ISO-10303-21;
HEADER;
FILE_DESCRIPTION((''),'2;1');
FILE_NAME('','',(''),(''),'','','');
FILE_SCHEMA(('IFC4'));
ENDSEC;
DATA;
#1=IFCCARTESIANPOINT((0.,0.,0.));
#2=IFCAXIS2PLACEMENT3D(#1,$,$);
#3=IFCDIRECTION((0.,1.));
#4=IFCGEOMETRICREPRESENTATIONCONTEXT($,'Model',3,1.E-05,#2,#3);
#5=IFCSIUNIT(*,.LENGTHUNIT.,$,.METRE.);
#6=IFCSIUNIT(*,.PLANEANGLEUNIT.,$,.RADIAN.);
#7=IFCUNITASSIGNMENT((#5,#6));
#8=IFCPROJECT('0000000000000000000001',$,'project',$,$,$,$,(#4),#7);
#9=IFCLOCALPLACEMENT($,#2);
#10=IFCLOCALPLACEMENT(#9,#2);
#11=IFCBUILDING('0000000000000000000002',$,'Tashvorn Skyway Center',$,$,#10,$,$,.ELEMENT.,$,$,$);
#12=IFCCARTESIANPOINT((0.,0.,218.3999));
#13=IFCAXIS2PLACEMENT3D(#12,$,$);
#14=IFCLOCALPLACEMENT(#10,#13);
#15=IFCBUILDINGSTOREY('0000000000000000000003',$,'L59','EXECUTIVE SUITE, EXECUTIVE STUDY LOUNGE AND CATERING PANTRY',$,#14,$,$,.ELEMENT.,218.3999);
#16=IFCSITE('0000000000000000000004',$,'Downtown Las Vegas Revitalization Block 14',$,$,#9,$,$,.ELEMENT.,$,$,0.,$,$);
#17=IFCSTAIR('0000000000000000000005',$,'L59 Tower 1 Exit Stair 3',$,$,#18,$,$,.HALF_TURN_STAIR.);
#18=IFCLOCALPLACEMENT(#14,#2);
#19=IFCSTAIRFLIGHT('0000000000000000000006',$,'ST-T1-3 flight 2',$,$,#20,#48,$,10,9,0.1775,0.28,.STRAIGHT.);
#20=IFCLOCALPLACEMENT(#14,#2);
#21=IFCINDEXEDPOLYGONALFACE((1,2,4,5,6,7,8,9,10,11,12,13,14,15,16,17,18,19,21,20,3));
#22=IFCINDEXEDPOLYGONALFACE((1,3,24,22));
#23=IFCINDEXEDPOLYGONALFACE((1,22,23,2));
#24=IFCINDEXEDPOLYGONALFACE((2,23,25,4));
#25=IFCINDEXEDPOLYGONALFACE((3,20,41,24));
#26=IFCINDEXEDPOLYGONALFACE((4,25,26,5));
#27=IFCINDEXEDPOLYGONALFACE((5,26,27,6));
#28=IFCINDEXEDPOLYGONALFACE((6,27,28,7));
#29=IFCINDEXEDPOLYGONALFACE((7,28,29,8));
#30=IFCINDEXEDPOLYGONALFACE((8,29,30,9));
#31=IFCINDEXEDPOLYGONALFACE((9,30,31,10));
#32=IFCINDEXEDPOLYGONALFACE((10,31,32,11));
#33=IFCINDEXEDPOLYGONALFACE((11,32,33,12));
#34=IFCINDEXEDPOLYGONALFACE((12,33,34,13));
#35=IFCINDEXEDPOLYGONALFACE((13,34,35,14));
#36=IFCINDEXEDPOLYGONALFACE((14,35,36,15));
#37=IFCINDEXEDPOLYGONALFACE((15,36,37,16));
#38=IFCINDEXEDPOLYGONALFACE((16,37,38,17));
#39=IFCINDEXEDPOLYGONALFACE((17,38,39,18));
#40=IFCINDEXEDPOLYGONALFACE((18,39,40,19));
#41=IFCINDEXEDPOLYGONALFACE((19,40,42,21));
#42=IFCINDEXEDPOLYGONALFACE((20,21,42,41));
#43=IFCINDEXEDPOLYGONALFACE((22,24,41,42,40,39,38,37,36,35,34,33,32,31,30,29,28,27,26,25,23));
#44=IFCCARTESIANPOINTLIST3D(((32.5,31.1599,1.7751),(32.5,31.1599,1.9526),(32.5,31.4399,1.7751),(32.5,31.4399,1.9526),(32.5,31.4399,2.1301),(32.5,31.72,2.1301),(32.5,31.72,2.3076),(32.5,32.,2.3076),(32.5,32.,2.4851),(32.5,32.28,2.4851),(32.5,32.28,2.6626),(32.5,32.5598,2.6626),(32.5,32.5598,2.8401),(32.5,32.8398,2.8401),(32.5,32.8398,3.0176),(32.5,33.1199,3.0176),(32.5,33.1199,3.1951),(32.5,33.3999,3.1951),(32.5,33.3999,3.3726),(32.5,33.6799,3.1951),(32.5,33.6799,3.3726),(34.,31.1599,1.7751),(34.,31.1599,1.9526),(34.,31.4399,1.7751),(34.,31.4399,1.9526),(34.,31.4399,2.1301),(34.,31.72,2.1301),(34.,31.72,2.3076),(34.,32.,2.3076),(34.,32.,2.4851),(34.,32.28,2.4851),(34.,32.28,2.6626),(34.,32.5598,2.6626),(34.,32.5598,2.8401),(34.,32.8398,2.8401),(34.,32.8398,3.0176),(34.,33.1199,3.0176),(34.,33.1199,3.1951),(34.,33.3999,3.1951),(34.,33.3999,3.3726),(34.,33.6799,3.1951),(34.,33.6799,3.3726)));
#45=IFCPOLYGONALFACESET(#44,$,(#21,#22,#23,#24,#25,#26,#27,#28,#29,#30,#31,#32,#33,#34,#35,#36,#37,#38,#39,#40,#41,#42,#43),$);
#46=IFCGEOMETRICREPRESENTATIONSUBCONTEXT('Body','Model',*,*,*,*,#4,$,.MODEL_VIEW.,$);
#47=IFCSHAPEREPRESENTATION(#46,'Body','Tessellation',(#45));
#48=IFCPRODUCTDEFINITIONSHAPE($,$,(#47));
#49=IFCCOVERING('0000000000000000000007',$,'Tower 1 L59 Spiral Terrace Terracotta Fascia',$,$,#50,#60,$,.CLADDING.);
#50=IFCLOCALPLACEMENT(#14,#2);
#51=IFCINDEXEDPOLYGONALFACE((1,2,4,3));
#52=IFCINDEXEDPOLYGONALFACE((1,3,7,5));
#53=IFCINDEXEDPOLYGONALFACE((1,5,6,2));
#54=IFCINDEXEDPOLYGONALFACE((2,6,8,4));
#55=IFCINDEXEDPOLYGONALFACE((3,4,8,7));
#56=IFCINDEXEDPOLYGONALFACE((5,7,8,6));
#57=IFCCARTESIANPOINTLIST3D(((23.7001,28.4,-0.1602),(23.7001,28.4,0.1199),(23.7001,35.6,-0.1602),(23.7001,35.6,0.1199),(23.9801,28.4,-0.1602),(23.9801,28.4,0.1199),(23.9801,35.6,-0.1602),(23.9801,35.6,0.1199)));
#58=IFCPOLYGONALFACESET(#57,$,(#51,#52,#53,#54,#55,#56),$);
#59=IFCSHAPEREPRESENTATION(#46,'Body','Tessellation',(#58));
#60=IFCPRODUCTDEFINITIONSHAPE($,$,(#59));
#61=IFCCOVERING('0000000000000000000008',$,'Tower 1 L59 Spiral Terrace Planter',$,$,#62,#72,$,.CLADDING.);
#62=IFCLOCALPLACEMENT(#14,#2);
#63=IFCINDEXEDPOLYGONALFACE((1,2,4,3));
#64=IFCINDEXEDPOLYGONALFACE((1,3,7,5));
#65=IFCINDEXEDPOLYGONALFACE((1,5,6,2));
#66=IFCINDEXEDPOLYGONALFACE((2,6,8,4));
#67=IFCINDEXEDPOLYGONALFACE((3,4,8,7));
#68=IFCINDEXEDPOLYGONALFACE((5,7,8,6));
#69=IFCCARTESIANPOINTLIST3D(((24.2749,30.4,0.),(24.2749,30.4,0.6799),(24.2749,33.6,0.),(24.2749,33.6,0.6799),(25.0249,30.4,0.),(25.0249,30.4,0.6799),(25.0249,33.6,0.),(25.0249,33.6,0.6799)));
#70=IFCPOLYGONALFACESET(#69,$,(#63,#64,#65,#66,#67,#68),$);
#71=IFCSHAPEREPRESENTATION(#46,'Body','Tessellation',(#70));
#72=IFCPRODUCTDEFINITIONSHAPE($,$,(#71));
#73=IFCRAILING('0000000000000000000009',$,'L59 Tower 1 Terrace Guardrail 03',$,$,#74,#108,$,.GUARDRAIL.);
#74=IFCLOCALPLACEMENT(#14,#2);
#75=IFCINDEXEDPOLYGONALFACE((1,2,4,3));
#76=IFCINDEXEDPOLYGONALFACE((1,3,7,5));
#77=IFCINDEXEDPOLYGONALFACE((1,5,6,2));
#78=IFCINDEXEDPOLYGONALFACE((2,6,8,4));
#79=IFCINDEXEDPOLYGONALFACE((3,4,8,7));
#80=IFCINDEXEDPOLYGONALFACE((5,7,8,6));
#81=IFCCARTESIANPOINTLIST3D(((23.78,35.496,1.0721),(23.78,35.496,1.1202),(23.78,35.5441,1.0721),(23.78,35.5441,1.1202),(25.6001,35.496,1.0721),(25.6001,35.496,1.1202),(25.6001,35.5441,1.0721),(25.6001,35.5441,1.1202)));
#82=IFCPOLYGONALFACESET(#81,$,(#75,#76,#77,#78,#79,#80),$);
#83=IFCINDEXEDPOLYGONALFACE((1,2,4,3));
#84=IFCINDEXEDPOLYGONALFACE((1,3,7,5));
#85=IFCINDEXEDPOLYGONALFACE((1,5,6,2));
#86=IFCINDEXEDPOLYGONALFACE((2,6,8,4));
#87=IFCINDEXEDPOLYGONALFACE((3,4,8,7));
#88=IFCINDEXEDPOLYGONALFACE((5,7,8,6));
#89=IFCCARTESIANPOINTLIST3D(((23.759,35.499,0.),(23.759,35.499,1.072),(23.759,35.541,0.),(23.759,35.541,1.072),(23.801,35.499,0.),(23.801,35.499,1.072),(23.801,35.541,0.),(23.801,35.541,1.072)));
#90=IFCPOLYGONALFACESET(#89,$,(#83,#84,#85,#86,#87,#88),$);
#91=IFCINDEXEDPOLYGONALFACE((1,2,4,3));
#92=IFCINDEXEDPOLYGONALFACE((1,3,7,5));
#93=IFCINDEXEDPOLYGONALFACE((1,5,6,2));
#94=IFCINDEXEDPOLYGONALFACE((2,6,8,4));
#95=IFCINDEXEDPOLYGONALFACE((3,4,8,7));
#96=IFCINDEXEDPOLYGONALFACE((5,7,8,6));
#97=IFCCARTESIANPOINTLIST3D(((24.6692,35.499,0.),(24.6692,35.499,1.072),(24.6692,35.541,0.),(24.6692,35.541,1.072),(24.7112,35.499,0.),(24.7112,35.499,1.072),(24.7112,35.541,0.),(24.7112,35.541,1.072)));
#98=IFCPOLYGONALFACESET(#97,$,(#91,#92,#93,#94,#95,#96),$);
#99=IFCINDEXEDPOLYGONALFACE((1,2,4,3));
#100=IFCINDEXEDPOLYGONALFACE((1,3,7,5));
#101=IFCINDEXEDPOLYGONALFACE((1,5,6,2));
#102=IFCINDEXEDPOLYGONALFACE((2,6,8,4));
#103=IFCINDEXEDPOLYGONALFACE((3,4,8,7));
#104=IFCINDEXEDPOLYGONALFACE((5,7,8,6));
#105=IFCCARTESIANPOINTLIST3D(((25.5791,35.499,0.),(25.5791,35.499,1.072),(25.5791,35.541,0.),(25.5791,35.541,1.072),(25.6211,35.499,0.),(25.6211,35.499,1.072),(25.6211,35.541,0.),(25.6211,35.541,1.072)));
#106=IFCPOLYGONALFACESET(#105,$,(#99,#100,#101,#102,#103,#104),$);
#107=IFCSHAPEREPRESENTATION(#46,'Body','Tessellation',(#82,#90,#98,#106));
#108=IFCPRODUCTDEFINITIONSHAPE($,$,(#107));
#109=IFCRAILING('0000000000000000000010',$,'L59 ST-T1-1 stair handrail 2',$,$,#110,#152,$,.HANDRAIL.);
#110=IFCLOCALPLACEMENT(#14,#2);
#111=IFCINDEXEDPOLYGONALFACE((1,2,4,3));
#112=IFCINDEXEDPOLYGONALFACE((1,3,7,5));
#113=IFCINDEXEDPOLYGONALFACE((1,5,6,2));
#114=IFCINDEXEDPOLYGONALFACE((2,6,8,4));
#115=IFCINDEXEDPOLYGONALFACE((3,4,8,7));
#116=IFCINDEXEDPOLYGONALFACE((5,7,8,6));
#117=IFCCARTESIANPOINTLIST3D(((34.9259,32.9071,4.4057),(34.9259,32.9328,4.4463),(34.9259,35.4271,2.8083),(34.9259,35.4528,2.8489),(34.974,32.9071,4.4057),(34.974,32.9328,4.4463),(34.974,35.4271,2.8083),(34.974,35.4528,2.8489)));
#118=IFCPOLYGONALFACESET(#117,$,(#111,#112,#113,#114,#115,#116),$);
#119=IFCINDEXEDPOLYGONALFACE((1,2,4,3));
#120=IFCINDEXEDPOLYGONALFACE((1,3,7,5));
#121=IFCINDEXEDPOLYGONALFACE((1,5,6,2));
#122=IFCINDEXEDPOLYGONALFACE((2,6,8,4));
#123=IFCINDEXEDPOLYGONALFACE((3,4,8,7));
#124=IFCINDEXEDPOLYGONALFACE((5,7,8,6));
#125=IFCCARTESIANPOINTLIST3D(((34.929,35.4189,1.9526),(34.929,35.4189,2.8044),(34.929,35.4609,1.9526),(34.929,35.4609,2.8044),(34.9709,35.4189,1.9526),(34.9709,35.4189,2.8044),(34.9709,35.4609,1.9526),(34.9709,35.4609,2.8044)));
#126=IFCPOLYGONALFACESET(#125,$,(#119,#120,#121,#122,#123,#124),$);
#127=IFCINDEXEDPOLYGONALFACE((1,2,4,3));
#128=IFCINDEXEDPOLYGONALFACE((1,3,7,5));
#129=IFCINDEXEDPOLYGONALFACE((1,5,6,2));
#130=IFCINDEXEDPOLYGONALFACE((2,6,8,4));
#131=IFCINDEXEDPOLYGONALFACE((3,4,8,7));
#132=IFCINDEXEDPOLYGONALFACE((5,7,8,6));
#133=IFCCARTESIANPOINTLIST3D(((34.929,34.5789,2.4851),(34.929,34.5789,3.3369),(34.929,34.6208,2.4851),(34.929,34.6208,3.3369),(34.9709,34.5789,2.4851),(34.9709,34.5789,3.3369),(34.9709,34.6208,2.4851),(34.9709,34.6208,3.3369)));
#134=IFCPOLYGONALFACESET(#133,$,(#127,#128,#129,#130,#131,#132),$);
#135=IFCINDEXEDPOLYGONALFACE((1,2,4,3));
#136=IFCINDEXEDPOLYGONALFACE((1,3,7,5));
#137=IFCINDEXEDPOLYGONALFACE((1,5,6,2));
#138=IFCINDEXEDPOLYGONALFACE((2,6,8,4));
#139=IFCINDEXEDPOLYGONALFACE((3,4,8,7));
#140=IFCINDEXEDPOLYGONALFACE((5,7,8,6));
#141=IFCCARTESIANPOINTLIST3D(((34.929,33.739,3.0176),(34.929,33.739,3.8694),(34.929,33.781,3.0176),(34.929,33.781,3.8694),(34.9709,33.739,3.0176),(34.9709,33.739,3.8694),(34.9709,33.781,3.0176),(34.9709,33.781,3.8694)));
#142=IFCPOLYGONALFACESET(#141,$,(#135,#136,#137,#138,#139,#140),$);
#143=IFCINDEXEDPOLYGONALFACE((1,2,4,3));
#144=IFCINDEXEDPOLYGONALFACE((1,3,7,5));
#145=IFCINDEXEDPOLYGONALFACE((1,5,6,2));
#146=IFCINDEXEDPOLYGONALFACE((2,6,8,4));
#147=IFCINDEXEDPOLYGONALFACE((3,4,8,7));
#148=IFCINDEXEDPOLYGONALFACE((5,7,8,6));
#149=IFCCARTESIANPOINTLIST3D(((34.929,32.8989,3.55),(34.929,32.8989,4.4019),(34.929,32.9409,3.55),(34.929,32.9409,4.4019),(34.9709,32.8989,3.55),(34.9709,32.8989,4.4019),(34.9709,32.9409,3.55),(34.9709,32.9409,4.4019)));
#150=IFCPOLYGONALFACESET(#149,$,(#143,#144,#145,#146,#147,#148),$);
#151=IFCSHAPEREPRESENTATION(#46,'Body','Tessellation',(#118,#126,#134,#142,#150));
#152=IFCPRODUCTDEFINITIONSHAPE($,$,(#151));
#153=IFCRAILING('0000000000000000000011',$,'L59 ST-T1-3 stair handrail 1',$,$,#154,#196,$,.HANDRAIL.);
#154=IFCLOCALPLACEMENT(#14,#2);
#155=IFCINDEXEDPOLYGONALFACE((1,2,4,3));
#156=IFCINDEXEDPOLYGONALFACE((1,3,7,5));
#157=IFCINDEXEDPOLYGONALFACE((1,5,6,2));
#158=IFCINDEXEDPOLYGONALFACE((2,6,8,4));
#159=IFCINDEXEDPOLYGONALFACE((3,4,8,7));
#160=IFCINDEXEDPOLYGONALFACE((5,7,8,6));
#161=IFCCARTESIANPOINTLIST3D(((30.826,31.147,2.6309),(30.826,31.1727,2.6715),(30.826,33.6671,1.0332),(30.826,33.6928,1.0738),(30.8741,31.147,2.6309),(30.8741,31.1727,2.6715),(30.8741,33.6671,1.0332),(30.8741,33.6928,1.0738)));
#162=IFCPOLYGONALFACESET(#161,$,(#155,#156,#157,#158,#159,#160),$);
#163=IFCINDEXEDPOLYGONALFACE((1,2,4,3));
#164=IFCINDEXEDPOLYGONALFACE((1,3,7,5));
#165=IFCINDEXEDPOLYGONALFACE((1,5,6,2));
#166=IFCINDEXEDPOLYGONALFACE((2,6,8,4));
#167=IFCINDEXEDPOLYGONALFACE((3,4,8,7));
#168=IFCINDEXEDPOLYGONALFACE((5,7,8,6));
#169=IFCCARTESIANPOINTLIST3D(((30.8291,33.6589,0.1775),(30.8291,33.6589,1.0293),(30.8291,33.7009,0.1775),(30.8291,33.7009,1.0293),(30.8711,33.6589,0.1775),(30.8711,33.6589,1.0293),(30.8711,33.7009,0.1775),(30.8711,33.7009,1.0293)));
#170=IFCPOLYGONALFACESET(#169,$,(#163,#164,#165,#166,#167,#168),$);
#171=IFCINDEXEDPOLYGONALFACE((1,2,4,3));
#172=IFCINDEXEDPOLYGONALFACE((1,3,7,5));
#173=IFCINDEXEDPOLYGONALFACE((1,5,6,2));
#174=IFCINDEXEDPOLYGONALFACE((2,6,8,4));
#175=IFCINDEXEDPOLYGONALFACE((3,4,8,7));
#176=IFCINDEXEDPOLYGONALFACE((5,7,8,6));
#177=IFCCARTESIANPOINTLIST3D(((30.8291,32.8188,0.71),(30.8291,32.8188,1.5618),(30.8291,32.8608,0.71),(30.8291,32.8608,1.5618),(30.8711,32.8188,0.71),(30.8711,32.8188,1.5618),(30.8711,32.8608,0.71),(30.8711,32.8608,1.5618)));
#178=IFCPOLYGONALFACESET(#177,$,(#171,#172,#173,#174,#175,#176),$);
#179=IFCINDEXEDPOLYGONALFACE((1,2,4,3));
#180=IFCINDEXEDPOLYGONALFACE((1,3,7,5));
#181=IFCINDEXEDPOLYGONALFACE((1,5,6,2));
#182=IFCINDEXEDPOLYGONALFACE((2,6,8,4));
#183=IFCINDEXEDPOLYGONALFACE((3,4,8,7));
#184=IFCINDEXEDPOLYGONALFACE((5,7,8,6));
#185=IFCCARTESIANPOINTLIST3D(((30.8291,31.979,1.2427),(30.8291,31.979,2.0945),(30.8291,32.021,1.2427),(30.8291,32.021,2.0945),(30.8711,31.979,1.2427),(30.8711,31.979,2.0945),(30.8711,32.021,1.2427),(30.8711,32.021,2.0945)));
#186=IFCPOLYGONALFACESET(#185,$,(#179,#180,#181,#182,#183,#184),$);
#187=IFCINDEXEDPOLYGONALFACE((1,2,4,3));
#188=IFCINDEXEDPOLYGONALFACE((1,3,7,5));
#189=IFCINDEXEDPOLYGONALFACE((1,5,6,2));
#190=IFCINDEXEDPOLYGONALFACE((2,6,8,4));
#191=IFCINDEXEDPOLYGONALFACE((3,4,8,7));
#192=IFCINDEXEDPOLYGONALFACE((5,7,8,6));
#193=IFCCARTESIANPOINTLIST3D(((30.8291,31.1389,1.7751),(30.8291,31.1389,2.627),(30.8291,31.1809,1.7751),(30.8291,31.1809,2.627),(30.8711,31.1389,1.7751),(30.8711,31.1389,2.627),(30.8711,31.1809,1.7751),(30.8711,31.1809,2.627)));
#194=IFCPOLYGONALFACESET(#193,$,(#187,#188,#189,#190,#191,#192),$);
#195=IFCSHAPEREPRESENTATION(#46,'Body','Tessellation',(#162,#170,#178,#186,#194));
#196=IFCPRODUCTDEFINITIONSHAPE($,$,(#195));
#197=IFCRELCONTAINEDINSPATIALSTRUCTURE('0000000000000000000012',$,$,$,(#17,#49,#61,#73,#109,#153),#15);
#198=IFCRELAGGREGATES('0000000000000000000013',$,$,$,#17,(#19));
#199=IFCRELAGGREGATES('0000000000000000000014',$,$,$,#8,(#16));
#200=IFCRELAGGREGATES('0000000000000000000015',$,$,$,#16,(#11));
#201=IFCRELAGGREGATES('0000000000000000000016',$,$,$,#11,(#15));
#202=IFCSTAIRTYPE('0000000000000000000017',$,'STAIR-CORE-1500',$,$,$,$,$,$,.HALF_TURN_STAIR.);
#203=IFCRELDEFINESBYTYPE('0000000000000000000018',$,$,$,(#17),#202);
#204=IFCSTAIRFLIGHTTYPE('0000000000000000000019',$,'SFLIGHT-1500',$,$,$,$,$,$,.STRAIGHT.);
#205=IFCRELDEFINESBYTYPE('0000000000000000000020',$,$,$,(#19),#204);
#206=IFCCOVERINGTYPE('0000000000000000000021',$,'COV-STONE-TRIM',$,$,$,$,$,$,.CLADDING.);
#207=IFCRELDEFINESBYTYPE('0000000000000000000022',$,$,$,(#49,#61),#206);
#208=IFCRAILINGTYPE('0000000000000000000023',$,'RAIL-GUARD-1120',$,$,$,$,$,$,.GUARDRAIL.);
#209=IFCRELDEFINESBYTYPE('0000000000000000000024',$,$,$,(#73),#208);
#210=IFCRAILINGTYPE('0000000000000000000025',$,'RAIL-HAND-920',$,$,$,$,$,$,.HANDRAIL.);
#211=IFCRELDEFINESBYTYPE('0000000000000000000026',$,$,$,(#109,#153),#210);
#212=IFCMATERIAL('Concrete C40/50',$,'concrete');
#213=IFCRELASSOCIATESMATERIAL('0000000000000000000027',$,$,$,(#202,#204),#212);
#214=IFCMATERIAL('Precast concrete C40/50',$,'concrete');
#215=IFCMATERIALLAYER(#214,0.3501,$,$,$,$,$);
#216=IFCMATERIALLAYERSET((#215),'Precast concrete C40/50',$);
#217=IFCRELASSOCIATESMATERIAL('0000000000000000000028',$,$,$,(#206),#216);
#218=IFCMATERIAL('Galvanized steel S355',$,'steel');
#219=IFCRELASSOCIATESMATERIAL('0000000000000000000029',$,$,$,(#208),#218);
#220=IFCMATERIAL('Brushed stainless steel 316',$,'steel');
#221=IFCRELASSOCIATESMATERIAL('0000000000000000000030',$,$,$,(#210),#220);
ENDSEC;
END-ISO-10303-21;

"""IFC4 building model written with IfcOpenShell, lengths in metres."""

from ifc_helpers import new_model, si_unit, direction, frame, origin, origin_2d, place, context, subcontext, project, spatial, polyline, rectangle, outline, extrude, material, layer, layer_set, type_object, element, aggregate, save


model = new_model("IFC4")

# Units and contexts
model_context = context("Model", 3, precision=1e-05, world=origin(), true_north=direction((0.0, 1.0)))
body_context = subcontext(model_context, "Body", "Model", "MODEL_VIEW")
ifc_project = project(units=[si_unit("LENGTHUNIT", "METRE"), si_unit("PLANEANGLEUNIT", "RADIAN")], contexts=[model_context])

# Site, building, storey
site_placement = place(None, origin())
site = spatial("IfcSite", under=ifc_project, at=site_placement, Name="Downtown Las Vegas Revitalization Block 14", CompositionType="ELEMENT", RefElevation=0.0)
building_placement = place(site_placement, origin())
building = spatial("IfcBuilding", under=site, at=building_placement, Name="Tashvorn Skyway Center", CompositionType="ELEMENT")
storey_placement = place(building_placement, frame((0.0, 0.0, 218.3999)))
storey = spatial("IfcBuildingStorey", under=building, at=storey_placement, Name="L59", Description="EXECUTIVE SUITE, EXECUTIVE STUDY LOUNGE AND CATERING PANTRY", CompositionType="ELEMENT", Elevation=218.3999)

# Shared definitions
ifc_material_1 = material(Name="Concrete C40/50", Category="concrete")

# Shared definitions
stair_type = type_object("IfcStairType", Name="STAIR-CORE-1500", PredefinedType="HALF_TURN_STAIR", material=ifc_material_1)
stair_flight_type = type_object("IfcStairFlightType", Name="SFLIGHT-1500", PredefinedType="STRAIGHT", material=ifc_material_1)

# Stair, stair flight
stair_1_placement = place(storey_placement, origin())
stair_1 = element("IfcStair", 1, at=stair_1_placement, inside=storey, type_object=stair_type, Name="L59 Tower 1 Exit Stair 3", PredefinedType="HALF_TURN_STAIR")
stair_flight_1_placement = place(storey_placement, frame((33.25, 31.1599, 1.7751), z_axis=(0.0, 0.0, 1.0), x_axis=(0.0, 1.0, 0.0)))
stair_flight_1 = element("IfcStairFlight", 2, at=stair_flight_1_placement, type_object=stair_flight_type, Name="ST-T1-3 flight 2", NumberOfRisers=10, NumberOfTreads=9, PredefinedType="STRAIGHT", RiserHeight=0.1775, TreadLength=0.28, context=body_context, shape_type="SweptSolid", body=[
    extrude(outline(polyline([(0.0, 0.0), (0.0, 0.1775), (0.28, 0.1775), (0.28, 0.355), (0.5601, 0.355), (0.5601, 0.5325), (0.8401, 0.5325), (0.8401, 0.71), (1.1201, 0.71), (1.1201, 0.8875), (1.3999, 0.8875), (1.3999, 1.0649), (1.6799, 1.0649), (1.6799, 1.2424), (1.96, 1.2424), (1.96, 1.4199), (2.24, 1.4199), (2.24, 1.5974), (2.52, 1.5974), (2.52, 1.7749), (2.52, 1.4199), (0.28, 0.0), (0.0, 0.0)])), frame((0.0, 0.75, 0.0), z_axis=(0.0, -1.0, 0.0), x_axis=(1.0, 0.0, 0.0)), (0.0, 0.0, 1.0), 1.5),
])
aggregate(stair_1, [stair_flight_1])

# Coverings
ifc_material_2 = material(Name="Precast concrete C40/50", Category="concrete")
ifc_layer_1 = layer(ifc_material_2, 0.3501)
ifc_layer_set_1 = layer_set([ifc_layer_1], Name="Precast concrete C40/50")
covering_type = type_object("IfcCoveringType", Name="COV-STONE-TRIM", PredefinedType="CLADDING", material=ifc_layer_set_1)
covering_1_placement = place(storey_placement, frame((23.8401, 32.0, -0.1602), z_axis=(0.0, 0.0, 1.0), x_axis=(0.0, 1.0, 0.0)))
element("IfcCovering", 3, at=covering_1_placement, inside=storey, type_object=covering_type, Name="Tower 1 L59 Spiral Terrace Terracotta Fascia", PredefinedType="CLADDING", context=body_context, shape_type="SweptSolid", body=[
    extrude(rectangle(XDim=7.2, YDim=0.28, at=origin_2d()), origin(), (0.0, 0.0, 1.0), 0.28),
])
covering_2_placement = place(storey_placement, frame((24.6499, 32.0, 0.0), z_axis=(0.0, 0.0, 1.0), x_axis=(0.0, 1.0, 0.0)))
element("IfcCovering", 4, at=covering_2_placement, inside=storey, type_object=covering_type, Name="Tower 1 L59 Spiral Terrace Planter", PredefinedType="CLADDING", context=body_context, shape_type="SweptSolid", body=[
    extrude(rectangle(XDim=3.2, YDim=0.75, at=origin_2d()), origin(), (0.0, 0.0, 1.0), 0.6799),
])

# Railings
ifc_material_3 = material(Name="Galvanized steel S355", Category="steel")
railing_type_1 = type_object("IfcRailingType", Name="RAIL-GUARD-1120", PredefinedType="GUARDRAIL", material=ifc_material_3)
railing_1_placement = place(storey_placement, frame((23.78, 35.52, 0.0)))
element("IfcRailing", 5, at=railing_1_placement, inside=storey, type_object=railing_type_1, Name="L59 Tower 1 Terrace Guardrail 03", PredefinedType="GUARDRAIL", context=body_context, shape_type="SweptSolid", body=[
    extrude(rectangle(XDim=0.0481, YDim=0.0481, at=origin_2d()), frame((0.0, 0.0, 1.0962), z_axis=(1.0, 0.0, 0.0), x_axis=(0.0, 1.0, 0.0)), (0.0, 0.0, 1.0), 1.8201),
    extrude(rectangle(XDim=0.042, YDim=0.042, at=origin_2d()), origin(), (0.0, 0.0, 1.0), 1.072),
    extrude(rectangle(XDim=0.042, YDim=0.042, at=origin_2d()), frame((0.9102, 0.0, 0.0)), (0.0, 0.0, 1.0), 1.072),
    extrude(rectangle(XDim=0.042, YDim=0.042, at=origin_2d()), frame((1.8201, 0.0, 0.0)), (0.0, 0.0, 1.0), 1.072),
])
ifc_material_4 = material(Name="Brushed stainless steel 316", Category="steel")
railing_type_2 = type_object("IfcRailingType", Name="RAIL-HAND-920", PredefinedType="HANDRAIL", material=ifc_material_4)
railing_2_placement = place(storey_placement, frame((34.95, 35.4399, 1.9526)))
element("IfcRailing", 6, at=railing_2_placement, inside=storey, type_object=railing_type_2, Name="L59 ST-T1-1 stair handrail 2", PredefinedType="HANDRAIL", context=body_context, shape_type="SweptSolid", body=[
    extrude(rectangle(XDim=0.0481, YDim=0.0481, at=origin_2d()), frame((0.0, 0.0, 0.876), z_axis=(0.0, -0.844607, 0.535387), x_axis=(1.0, 0.0, 0.0)), (0.0, 0.0, 1.0), 2.9836),
    extrude(rectangle(XDim=0.042, YDim=0.042, at=origin_2d()), origin(), (0.0, 0.0, 1.0), 0.8518),
    extrude(rectangle(XDim=0.042, YDim=0.042, at=origin_2d()), frame((0.0, -0.8401, 0.5325)), (0.0, 0.0, 1.0), 0.8518),
    extrude(rectangle(XDim=0.042, YDim=0.042, at=origin_2d()), frame((0.0, -1.6799, 1.0649)), (0.0, 0.0, 1.0), 0.8518),
    extrude(rectangle(XDim=0.042, YDim=0.042, at=origin_2d()), frame((0.0, -2.52, 1.5974)), (0.0, 0.0, 1.0), 0.8518),
])
railing_3_placement = place(storey_placement, frame((30.8501, 33.6799, 0.1775)))
element("IfcRailing", 7, at=railing_3_placement, inside=storey, type_object=railing_type_2, Name="L59 ST-T1-3 stair handrail 1", PredefinedType="HANDRAIL", context=body_context, shape_type="SweptSolid", body=[
    extrude(rectangle(XDim=0.0481, YDim=0.0481, at=origin_2d()), frame((0.0, 0.0, 0.876), z_axis=(0.0, -0.84457, 0.535445), x_axis=(1.0, 0.0, 0.0)), (0.0, 0.0, 1.0), 2.9839),
    extrude(rectangle(XDim=0.042, YDim=0.042, at=origin_2d()), origin(), (0.0, 0.0, 1.0), 0.8518),
    extrude(rectangle(XDim=0.042, YDim=0.042, at=origin_2d()), frame((0.0, -0.8401, 0.5325)), (0.0, 0.0, 1.0), 0.8518),
    extrude(rectangle(XDim=0.042, YDim=0.042, at=origin_2d()), frame((0.0, -1.6799, 1.0652)), (0.0, 0.0, 1.0), 0.8518),
    extrude(rectangle(XDim=0.042, YDim=0.042, at=origin_2d()), frame((0.0, -2.52, 1.5977)), (0.0, 0.0, 1.0), 0.8518),
])

save(model, "model.ifc")
